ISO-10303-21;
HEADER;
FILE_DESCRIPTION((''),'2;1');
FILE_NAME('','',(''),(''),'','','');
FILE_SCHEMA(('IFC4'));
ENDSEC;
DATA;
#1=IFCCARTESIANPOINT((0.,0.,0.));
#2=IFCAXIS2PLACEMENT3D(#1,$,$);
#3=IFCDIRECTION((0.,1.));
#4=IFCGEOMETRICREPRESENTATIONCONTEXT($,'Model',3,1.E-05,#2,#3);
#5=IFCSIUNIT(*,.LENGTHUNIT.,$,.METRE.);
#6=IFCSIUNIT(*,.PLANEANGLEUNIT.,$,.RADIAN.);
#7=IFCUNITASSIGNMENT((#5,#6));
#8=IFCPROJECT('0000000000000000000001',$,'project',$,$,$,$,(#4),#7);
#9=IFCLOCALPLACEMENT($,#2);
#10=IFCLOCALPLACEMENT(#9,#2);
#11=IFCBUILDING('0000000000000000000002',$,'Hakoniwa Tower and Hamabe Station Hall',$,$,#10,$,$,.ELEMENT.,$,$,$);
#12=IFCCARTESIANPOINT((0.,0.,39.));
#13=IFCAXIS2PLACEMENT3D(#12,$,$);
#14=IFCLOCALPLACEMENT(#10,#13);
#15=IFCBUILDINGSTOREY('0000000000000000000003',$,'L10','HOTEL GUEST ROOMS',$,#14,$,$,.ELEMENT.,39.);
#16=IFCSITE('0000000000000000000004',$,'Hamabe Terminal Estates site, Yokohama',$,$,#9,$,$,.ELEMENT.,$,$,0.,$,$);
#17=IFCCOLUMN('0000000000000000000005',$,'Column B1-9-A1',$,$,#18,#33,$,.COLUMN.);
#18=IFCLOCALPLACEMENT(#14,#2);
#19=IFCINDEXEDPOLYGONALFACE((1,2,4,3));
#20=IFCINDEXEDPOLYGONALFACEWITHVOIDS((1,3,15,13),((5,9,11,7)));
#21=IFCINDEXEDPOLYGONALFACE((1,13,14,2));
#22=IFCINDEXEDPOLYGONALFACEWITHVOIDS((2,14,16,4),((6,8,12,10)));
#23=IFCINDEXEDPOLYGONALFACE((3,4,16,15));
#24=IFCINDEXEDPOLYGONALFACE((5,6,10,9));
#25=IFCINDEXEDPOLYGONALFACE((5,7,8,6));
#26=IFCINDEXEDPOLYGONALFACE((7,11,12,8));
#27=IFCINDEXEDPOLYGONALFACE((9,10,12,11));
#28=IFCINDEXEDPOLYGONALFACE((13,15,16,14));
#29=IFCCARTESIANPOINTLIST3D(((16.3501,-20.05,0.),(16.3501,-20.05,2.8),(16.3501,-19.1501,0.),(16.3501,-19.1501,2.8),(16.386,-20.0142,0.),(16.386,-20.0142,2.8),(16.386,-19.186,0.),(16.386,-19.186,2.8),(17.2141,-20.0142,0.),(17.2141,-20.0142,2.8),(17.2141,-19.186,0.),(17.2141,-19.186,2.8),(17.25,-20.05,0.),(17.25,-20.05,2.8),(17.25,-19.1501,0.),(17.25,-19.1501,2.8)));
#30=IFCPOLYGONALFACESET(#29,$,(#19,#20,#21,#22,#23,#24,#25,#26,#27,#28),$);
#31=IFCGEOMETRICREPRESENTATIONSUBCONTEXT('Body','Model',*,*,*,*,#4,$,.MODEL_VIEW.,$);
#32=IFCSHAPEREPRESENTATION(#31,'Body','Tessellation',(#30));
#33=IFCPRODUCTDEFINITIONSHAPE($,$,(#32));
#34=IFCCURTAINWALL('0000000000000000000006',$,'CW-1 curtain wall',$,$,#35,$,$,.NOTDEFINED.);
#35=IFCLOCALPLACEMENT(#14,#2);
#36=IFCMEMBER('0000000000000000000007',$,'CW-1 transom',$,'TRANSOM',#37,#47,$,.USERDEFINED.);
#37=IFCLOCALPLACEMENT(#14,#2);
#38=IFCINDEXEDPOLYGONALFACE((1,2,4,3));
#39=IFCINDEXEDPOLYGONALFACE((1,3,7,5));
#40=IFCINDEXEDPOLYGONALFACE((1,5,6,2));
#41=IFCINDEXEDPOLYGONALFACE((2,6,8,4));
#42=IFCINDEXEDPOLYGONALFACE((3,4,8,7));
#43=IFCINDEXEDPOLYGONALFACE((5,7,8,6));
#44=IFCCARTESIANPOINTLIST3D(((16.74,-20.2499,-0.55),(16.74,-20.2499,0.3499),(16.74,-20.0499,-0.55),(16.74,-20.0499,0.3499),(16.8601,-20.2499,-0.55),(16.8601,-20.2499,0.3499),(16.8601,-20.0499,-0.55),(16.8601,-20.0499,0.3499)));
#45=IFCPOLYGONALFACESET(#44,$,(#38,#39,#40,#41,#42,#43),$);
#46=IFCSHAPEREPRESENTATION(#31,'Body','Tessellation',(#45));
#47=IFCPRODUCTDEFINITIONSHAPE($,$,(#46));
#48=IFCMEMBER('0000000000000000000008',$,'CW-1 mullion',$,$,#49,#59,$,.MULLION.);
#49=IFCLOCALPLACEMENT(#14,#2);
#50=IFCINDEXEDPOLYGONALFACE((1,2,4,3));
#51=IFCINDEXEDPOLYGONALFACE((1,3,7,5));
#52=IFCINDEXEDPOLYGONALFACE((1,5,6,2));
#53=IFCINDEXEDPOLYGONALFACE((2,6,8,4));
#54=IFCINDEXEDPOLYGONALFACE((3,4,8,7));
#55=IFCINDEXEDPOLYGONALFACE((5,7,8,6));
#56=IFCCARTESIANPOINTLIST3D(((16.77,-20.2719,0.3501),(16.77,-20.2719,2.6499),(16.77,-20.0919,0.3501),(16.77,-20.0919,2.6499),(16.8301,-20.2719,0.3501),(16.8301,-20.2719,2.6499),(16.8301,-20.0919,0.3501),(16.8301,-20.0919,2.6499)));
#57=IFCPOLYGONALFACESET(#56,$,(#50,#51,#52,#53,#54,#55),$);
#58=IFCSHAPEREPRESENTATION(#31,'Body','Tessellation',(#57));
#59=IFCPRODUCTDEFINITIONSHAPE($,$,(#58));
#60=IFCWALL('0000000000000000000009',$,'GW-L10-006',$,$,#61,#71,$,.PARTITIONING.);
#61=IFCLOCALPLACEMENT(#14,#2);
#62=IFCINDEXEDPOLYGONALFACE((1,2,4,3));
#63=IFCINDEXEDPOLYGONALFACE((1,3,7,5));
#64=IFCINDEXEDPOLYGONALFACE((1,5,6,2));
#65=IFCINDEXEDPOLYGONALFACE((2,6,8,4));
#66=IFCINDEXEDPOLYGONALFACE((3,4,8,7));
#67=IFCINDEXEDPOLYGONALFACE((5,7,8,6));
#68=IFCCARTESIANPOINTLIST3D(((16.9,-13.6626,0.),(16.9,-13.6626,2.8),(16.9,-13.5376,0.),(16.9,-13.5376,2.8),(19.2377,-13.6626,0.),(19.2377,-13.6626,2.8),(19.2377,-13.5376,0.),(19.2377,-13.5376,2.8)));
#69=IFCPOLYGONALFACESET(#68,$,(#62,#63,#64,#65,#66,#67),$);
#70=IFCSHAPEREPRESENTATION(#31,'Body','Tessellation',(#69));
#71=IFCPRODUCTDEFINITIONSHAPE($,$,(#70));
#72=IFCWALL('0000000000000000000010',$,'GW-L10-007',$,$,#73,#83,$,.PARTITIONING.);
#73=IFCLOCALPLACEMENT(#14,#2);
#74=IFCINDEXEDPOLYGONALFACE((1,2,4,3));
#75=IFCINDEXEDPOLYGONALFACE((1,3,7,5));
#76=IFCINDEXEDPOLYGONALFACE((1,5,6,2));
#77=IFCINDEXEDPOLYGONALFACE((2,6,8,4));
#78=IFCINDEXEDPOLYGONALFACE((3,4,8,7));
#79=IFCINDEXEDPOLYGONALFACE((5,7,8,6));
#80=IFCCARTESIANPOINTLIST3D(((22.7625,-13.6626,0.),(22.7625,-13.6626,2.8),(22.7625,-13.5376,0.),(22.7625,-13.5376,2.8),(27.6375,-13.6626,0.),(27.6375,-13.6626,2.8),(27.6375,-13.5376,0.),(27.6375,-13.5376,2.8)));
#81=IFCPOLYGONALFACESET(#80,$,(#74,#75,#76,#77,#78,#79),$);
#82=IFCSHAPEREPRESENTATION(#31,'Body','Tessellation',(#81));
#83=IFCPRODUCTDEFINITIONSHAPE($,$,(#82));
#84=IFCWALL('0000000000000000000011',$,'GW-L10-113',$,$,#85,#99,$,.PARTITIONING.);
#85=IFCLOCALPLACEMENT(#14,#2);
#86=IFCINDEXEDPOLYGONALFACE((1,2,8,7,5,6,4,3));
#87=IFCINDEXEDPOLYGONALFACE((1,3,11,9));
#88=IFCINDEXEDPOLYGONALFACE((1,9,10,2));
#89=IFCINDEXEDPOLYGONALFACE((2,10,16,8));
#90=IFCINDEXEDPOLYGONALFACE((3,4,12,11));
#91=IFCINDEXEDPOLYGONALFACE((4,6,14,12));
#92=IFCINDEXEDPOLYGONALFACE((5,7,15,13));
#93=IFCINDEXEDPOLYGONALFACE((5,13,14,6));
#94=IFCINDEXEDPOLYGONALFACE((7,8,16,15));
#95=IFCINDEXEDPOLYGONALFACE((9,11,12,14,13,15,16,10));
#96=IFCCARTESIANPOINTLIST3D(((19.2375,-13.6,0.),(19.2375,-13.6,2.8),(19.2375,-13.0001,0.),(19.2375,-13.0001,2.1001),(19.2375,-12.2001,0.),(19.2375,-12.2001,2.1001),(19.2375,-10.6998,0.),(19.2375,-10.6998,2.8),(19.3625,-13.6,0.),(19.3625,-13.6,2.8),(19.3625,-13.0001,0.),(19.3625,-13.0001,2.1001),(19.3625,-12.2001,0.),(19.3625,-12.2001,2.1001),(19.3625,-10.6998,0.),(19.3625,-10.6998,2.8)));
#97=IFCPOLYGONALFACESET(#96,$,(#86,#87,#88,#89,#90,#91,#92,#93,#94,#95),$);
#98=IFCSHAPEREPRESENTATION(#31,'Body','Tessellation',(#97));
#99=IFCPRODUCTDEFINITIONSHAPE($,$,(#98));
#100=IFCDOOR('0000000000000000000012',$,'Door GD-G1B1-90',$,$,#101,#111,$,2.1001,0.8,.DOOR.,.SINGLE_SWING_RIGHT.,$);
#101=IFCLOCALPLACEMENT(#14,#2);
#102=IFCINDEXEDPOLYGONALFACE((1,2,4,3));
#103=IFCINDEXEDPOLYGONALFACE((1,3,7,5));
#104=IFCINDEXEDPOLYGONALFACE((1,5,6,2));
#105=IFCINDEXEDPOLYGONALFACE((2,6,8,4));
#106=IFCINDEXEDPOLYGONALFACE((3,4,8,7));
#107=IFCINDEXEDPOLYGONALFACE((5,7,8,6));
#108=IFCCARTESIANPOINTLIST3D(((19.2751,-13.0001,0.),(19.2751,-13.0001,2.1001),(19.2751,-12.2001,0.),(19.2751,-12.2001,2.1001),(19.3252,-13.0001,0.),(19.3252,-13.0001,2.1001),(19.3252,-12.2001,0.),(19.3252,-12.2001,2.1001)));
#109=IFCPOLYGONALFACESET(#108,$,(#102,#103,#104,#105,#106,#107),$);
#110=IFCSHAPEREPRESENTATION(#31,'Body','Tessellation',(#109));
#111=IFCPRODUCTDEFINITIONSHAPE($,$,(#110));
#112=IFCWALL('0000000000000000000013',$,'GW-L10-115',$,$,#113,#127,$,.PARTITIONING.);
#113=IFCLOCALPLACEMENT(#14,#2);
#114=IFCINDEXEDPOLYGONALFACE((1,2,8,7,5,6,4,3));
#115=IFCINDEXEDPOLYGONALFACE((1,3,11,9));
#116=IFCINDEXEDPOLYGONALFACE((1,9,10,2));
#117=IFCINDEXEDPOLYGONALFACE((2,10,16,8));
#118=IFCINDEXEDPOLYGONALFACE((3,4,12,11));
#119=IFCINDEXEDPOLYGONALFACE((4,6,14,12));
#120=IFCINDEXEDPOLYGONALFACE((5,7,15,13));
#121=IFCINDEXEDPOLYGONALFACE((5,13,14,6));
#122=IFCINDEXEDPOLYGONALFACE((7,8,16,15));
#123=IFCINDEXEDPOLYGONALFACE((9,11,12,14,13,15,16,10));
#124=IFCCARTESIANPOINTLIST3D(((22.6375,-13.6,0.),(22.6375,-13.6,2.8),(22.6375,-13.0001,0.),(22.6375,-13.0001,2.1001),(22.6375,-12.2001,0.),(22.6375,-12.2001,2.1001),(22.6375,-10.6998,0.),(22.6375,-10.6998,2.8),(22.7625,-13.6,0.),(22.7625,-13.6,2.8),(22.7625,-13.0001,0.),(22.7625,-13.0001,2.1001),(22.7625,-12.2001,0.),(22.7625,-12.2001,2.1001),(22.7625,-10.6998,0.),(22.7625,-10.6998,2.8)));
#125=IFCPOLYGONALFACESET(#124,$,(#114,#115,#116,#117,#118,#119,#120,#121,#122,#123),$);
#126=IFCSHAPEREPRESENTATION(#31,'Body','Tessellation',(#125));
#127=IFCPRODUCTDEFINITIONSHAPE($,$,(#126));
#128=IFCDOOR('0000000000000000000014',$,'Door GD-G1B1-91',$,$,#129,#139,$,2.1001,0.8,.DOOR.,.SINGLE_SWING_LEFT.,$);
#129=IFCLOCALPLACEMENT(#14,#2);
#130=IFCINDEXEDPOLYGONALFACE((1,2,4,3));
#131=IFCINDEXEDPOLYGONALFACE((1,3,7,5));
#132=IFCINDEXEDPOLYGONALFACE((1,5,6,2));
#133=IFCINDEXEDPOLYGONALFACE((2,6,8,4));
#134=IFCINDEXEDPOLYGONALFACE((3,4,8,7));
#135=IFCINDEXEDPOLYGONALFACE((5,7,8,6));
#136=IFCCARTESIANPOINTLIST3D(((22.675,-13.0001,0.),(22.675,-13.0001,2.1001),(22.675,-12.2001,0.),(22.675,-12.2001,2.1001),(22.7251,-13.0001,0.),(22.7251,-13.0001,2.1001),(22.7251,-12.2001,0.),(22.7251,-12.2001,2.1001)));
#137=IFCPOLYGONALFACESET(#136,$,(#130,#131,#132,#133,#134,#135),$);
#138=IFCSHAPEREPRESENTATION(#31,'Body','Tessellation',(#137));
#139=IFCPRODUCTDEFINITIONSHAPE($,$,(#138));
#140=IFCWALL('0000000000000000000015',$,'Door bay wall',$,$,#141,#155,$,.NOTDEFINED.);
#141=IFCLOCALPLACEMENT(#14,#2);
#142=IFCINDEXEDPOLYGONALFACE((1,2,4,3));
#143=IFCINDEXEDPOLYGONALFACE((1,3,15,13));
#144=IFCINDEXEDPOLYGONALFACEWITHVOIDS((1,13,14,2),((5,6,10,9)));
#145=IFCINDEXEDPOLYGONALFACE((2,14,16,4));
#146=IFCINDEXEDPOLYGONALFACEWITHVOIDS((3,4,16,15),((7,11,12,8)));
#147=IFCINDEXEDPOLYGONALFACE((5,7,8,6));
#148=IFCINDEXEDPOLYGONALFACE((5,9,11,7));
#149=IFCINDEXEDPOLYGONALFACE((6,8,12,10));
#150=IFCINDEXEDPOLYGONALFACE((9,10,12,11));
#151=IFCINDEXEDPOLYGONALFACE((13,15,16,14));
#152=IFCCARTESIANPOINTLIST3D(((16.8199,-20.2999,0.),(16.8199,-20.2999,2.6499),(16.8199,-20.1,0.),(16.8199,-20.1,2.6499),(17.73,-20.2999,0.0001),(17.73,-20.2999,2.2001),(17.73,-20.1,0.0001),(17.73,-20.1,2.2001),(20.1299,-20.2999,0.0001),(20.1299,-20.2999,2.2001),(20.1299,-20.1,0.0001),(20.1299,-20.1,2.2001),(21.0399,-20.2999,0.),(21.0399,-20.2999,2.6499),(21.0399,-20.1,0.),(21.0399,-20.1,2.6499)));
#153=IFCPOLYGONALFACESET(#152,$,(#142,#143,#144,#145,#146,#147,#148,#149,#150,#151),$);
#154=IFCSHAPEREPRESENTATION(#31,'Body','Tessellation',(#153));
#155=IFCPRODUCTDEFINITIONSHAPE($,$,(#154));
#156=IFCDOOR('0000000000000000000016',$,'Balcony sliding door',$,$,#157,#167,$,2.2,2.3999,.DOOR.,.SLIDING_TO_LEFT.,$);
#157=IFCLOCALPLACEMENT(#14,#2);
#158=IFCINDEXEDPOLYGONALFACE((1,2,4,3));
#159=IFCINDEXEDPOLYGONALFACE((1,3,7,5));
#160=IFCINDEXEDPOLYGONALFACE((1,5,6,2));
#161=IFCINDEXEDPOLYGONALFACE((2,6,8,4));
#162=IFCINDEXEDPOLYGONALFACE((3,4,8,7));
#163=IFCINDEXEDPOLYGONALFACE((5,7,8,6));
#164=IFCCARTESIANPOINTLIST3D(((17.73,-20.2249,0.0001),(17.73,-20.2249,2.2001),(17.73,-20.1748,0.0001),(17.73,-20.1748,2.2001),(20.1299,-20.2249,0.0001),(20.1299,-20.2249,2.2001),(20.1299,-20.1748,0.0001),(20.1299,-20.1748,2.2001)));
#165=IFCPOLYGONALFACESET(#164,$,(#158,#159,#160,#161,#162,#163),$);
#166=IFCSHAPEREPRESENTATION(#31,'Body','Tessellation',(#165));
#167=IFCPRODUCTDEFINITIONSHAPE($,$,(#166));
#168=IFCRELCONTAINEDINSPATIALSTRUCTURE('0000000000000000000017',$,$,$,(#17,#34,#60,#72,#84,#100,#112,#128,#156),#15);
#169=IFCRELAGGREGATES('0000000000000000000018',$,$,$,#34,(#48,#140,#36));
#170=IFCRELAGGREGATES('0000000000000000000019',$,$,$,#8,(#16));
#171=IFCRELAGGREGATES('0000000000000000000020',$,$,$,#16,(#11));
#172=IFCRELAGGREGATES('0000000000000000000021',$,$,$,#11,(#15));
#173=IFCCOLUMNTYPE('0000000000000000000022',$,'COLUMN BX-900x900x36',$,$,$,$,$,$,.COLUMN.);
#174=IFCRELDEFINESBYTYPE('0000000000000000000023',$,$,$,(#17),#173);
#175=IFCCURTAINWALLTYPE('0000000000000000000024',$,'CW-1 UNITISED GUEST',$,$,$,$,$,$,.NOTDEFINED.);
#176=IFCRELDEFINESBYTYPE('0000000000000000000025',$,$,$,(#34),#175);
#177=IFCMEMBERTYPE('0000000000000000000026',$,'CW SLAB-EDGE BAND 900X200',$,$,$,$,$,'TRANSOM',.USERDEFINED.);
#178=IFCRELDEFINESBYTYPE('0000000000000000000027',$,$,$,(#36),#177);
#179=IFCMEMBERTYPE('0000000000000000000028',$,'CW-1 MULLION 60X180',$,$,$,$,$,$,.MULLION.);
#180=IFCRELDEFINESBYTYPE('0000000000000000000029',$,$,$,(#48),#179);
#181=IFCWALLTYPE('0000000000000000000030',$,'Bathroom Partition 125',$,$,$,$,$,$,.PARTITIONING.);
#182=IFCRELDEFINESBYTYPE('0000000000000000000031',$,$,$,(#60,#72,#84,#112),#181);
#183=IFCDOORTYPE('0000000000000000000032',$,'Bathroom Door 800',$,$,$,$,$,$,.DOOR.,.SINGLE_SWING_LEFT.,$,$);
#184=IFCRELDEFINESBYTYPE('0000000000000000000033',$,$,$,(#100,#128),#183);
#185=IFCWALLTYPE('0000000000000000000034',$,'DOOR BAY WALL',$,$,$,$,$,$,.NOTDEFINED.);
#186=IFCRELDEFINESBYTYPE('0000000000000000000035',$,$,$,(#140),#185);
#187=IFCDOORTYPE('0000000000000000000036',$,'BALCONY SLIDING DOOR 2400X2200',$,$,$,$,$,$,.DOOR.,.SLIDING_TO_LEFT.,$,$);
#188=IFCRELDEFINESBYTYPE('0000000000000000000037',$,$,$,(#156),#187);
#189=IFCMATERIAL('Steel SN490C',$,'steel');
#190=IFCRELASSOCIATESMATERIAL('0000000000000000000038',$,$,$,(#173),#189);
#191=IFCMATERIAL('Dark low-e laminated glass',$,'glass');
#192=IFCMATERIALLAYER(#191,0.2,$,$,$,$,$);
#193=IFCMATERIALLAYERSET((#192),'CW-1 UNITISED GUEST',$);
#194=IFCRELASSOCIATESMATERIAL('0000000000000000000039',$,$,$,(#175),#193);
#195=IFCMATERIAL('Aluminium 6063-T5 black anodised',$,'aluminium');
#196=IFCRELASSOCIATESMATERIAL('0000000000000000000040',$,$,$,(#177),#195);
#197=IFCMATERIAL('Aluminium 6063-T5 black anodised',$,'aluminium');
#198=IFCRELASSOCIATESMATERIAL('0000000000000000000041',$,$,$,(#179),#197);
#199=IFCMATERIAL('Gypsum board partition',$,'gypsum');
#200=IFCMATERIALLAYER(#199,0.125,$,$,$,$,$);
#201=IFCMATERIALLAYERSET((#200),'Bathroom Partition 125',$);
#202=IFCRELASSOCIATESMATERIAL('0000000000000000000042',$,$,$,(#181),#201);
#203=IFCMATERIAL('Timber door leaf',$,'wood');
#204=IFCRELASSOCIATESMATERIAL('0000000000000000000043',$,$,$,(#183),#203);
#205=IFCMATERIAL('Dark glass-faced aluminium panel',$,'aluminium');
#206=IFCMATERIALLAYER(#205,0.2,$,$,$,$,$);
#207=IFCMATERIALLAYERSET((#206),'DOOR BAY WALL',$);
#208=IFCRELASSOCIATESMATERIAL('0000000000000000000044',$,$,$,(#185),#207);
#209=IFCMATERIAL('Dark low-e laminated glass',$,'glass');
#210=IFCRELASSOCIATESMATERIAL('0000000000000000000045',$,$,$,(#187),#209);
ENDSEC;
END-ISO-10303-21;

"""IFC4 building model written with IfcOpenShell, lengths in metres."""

from ifc_helpers import new_model, si_unit, direction, frame, frame_2d, origin, origin_2d, place, context, subcontext, project, spatial, rectangle, hollow_rectangle, extrude, material, layer, layer_set, material_profile, profile_set, type_object, element, fill, aggregate, save


model = new_model("IFC4")

# Units and contexts
model_context = context("Model", 3, precision=1e-05, world=origin(), true_north=direction((0.0, 1.0)))
body_context = subcontext(model_context, "Body", "Model", "MODEL_VIEW")
ifc_project = project(units=[si_unit("LENGTHUNIT", "METRE"), si_unit("PLANEANGLEUNIT", "RADIAN")], contexts=[model_context])

# Site, building, storey
site_placement = place(None, origin())
site = spatial("IfcSite", under=ifc_project, at=site_placement, Name="Hamabe Terminal Estates site, Yokohama", CompositionType="ELEMENT", RefElevation=0.0)
building_placement = place(site_placement, origin())
building = spatial("IfcBuilding", under=site, at=building_placement, Name="Hakoniwa Tower and Hamabe Station Hall", CompositionType="ELEMENT")
storey_placement = place(building_placement, frame((0.0, 0.0, 39.0)))
storey = spatial("IfcBuildingStorey", under=building, at=storey_placement, Name="L10", Description="HOTEL GUEST ROOMS", CompositionType="ELEMENT", Elevation=39.0)

# Column
ifc_material_1 = material(Name="Steel SN490C", Category="steel")
ifc_material_profile_1 = material_profile(ifc_material_1, hollow_rectangle(XDim=0.8999, YDim=0.8999, WallThickness=0.0359, at=origin_2d()), Name="BX-900x900x36")
ifc_profile_set_1 = profile_set([ifc_material_profile_1], Name="Steel SN490C")
column_type = type_object("IfcColumnType", Name="COLUMN BX-900x900x36", PredefinedType="COLUMN", material=ifc_profile_set_1)
column_placement = place(storey_placement, frame((16.8, -19.6001, 0.0), z_axis=(0.0, 0.0, 1.0), x_axis=(1.0, 0.0, 0.0)))
element("IfcColumn", 1, at=column_placement, inside=storey, type_object=column_type, Name="Column B1-9-A1", PredefinedType="COLUMN", context=body_context, shape_type="SweptSolid", body=[
    extrude(hollow_rectangle(XDim=0.8999, YDim=0.8999, WallThickness=0.0359, at=origin_2d()), origin(), (0.0, 0.0, 1.0), 2.8),
])

# Curtain wall, members
ifc_material_2 = material(Name="Dark low-e laminated glass", Category="glass")
ifc_layer_1 = layer(ifc_material_2, 0.2)
ifc_layer_set_1 = layer_set([ifc_layer_1], Name="CW-1 UNITISED GUEST")
curtain_wall_type = type_object("IfcCurtainWallType", Name="CW-1 UNITISED GUEST", PredefinedType="NOTDEFINED", material=ifc_layer_set_1)
curtain_wall_placement = place(storey_placement, origin())
curtain_wall = element("IfcCurtainWall", 2, at=curtain_wall_placement, inside=storey, type_object=curtain_wall_type, Name="CW-1 curtain wall", PredefinedType="NOTDEFINED")
ifc_material_3 = material(Name="Aluminium 6063-T5 black anodised", Category="aluminium")
ifc_material_profile_2 = material_profile(ifc_material_3, rectangle(XDim=0.2, YDim=0.8999, at=origin_2d()), Name="CW SLAB-EDGE BAND 900X200")
ifc_profile_set_2 = profile_set([ifc_material_profile_2], Name="Aluminium 6063-T5 black anodised")
member_type_1 = type_object("IfcMemberType", Name="CW SLAB-EDGE BAND 900X200", ElementType="TRANSOM", PredefinedType="USERDEFINED", material=ifc_profile_set_2)
member_1_placement = place(storey_placement, frame((16.74, -20.1499, -0.1001), z_axis=(1.0, 0.0, 0.0), x_axis=(0.0, 1.0, 0.0)))
member_1 = element("IfcMember", 3, at=member_1_placement, type_object=member_type_1, Name="CW-1 transom", ObjectType="TRANSOM", PredefinedType="USERDEFINED", context=body_context, shape_type="SweptSolid", body=[
    extrude(rectangle(XDim=0.2, YDim=0.8999, at=origin_2d()), origin(), (0.0, 0.0, 1.0), 0.1201),
])
ifc_material_4 = material(Name="Aluminium 6063-T5 black anodised", Category="aluminium")
ifc_material_profile_3 = material_profile(ifc_material_4, rectangle(XDim=0.0601, YDim=0.1799, at=origin_2d()), Name="CW-1 MULLION 60X180")
ifc_profile_set_3 = profile_set([ifc_material_profile_3], Name="Aluminium 6063-T5 black anodised")
member_type_2 = type_object("IfcMemberType", Name="CW-1 MULLION 60X180", PredefinedType="MULLION", material=ifc_profile_set_3)
member_2_placement = place(storey_placement, frame((16.8, -20.1819, 0.3501), z_axis=(0.0, 0.0, 1.0), x_axis=(1.0, 0.0, 0.0)))
member_2 = element("IfcMember", 4, at=member_2_placement, type_object=member_type_2, Name="CW-1 mullion", PredefinedType="MULLION", context=body_context, shape_type="SweptSolid", body=[
    extrude(rectangle(XDim=0.0601, YDim=0.1799, at=origin_2d()), origin(), (0.0, 0.0, 1.0), 2.2998),
])

# Walls
ifc_material_5 = material(Name="Gypsum board partition", Category="gypsum")
ifc_layer_2 = layer(ifc_material_5, 0.125)
ifc_layer_set_2 = layer_set([ifc_layer_2], Name="Bathroom Partition 125")
wall_type_1 = type_object("IfcWallType", Name="Bathroom Partition 125", PredefinedType="PARTITIONING", material=ifc_layer_set_2)
wall_1_placement = place(storey_placement, frame((16.8999, -13.6001, 0.0), z_axis=(0.0, 0.0, 1.0), x_axis=(1.0, 0.0, 0.0)))
element("IfcWall", 5, at=wall_1_placement, inside=storey, type_object=wall_type_1, Name="GW-L10-006", PredefinedType="PARTITIONING", context=body_context, shape_type="SweptSolid", body=[
    extrude(rectangle(XDim=2.3376, YDim=0.125, at=frame_2d((1.1689, 0.0))), origin(), (0.0, 0.0, 1.0), 2.8),
])
wall_2_placement = place(storey_placement, frame((22.7625, -13.6001, 0.0), z_axis=(0.0, 0.0, 1.0), x_axis=(1.0, 0.0, 0.0)))
element("IfcWall", 6, at=wall_2_placement, inside=storey, type_object=wall_type_1, Name="GW-L10-007", PredefinedType="PARTITIONING", context=body_context, shape_type="SweptSolid", body=[
    extrude(rectangle(XDim=4.875, YDim=0.125, at=frame_2d((2.4375, 0.0))), origin(), (0.0, 0.0, 1.0), 2.8),
])

# Walls, openings, doors
wall_3_placement = place(storey_placement, frame((19.3, -13.6001, 0.0), z_axis=(0.0, 0.0, 1.0), x_axis=(0.0, 1.0, 0.0)))
wall_3 = element("IfcWall", 7, at=wall_3_placement, inside=storey, type_object=wall_type_1, Name="GW-L10-113", PredefinedType="PARTITIONING", context=body_context, shape_type="SweptSolid", body=[
    extrude(rectangle(XDim=2.9001, YDim=0.125, at=frame_2d((1.4502, 0.0))), origin(), (0.0, 0.0, 1.0), 2.8),
])
opening_1_placement = place(wall_3_placement, frame((0.6001, 0.0, 0.0)))
opening_1 = element("IfcOpeningElement", 8, at=opening_1_placement, cuts=wall_3, PredefinedType="OPENING", context=body_context, shape_type="SweptSolid", body=[
    extrude(rectangle(XDim=0.8, YDim=2.1001, at=frame_2d((0.3999, 1.05))), frame((0.0, 0.0725, 0.0), z_axis=(0.0, -1.0, 0.0), x_axis=(1.0, 0.0, 0.0)), (0.0, 0.0, 1.0), 0.145),
])
ifc_material_6 = material(Name="Timber door leaf", Category="wood")
door_type_1 = type_object("IfcDoorType", Name="Bathroom Door 800", OperationType="SINGLE_SWING_LEFT", PredefinedType="DOOR", material=ifc_material_6)
door_1_placement = place(opening_1_placement, origin())
door_1 = element("IfcDoor", 9, at=door_1_placement, inside=storey, type_object=door_type_1, Name="Door GD-G1B1-90", OperationType="SINGLE_SWING_RIGHT", OverallHeight=2.1001, OverallWidth=0.8, PredefinedType="DOOR", context=body_context, shape_type="SweptSolid", body=[
    extrude(rectangle(XDim=0.8, YDim=2.1001, at=frame_2d((0.3999, 1.05))), frame((0.0, 0.0249, 0.0), z_axis=(0.0, -1.0, 0.0), x_axis=(1.0, 0.0, 0.0)), (0.0, 0.0, 1.0), 0.05),
])
fill(opening_1, door_1)
wall_4_placement = place(storey_placement, frame((22.7, -13.6001, 0.0), z_axis=(0.0, 0.0, 1.0), x_axis=(0.0, 1.0, 0.0)))
wall_4 = element("IfcWall", 10, at=wall_4_placement, inside=storey, type_object=wall_type_1, Name="GW-L10-115", PredefinedType="PARTITIONING", context=body_context, shape_type="SweptSolid", body=[
    extrude(rectangle(XDim=2.9001, YDim=0.125, at=frame_2d((1.4502, 0.0))), origin(), (0.0, 0.0, 1.0), 2.8),
])
opening_2_placement = place(wall_4_placement, frame((0.6001, 0.0, 0.0)))
opening_2 = element("IfcOpeningElement", 11, at=opening_2_placement, cuts=wall_4, PredefinedType="OPENING", context=body_context, shape_type="SweptSolid", body=[
    extrude(rectangle(XDim=0.8, YDim=2.1001, at=frame_2d((0.3999, 1.05))), frame((0.0, 0.0725, 0.0), z_axis=(0.0, -1.0, 0.0), x_axis=(1.0, 0.0, 0.0)), (0.0, 0.0, 1.0), 0.145),
])
door_2_placement = place(opening_2_placement, origin())
door_2 = element("IfcDoor", 12, at=door_2_placement, inside=storey, type_object=door_type_1, Name="Door GD-G1B1-91", OperationType="SINGLE_SWING_LEFT", OverallHeight=2.1001, OverallWidth=0.8, PredefinedType="DOOR", context=body_context, shape_type="SweptSolid", body=[
    extrude(rectangle(XDim=0.8, YDim=2.1001, at=frame_2d((0.3999, 1.05))), frame((0.0, 0.0249, 0.0), z_axis=(0.0, -1.0, 0.0), x_axis=(1.0, 0.0, 0.0)), (0.0, 0.0, 1.0), 0.05),
])
fill(opening_2, door_2)
ifc_material_7 = material(Name="Dark glass-faced aluminium panel", Category="aluminium")
ifc_layer_3 = layer(ifc_material_7, 0.2)
ifc_layer_set_3 = layer_set([ifc_layer_3], Name="DOOR BAY WALL")
wall_type_2 = type_object("IfcWallType", Name="DOOR BAY WALL", PredefinedType="NOTDEFINED", material=ifc_layer_set_3)
wall_5_placement = place(storey_placement, frame((16.8201, -20.2, 0.0), z_axis=(0.0, 0.0, 1.0), x_axis=(1.0, 0.0, 0.0)))
wall_5 = element("IfcWall", 13, at=wall_5_placement, type_object=wall_type_2, Name="Door bay wall", PredefinedType="NOTDEFINED", context=body_context, shape_type="SweptSolid", body=[
    extrude(rectangle(XDim=4.22, YDim=0.2, at=frame_2d((2.1099, 0.0))), origin(), (0.0, 0.0, 1.0), 2.6499),
])
opening_3_placement = place(wall_5_placement, frame((0.9099, 0.0, 0.0)))
opening_3 = element("IfcOpeningElement", 14, at=opening_3_placement, cuts=wall_5, PredefinedType="OPENING", context=body_context, shape_type="SweptSolid", body=[
    extrude(rectangle(XDim=2.3999, YDim=2.2, at=frame_2d((1.2, 1.1001))), frame((0.0, 0.1099, 0.0), z_axis=(0.0, -1.0, 0.0), x_axis=(1.0, 0.0, 0.0)), (0.0, 0.0, 1.0), 0.22),
])
ifc_material_8 = material(Name="Dark low-e laminated glass", Category="glass")
door_type_2 = type_object("IfcDoorType", Name="BALCONY SLIDING DOOR 2400X2200", OperationType="SLIDING_TO_LEFT", PredefinedType="DOOR", material=ifc_material_8)
door_3_placement = place(opening_3_placement, frame((2.3999, 0.0, 0.0), z_axis=(0.0, 0.0, 1.0), x_axis=(-1.0, 0.0, 0.0)))
door_3 = element("IfcDoor", 15, at=door_3_placement, inside=storey, type_object=door_type_2, Name="Balcony sliding door", OperationType="SLIDING_TO_LEFT", OverallHeight=2.2, OverallWidth=2.3999, PredefinedType="DOOR", context=body_context, shape_type="SweptSolid", body=[
    extrude(rectangle(XDim=2.3999, YDim=2.2, at=frame_2d((1.2, 1.1001))), frame((0.0, 0.0249, 0.0), z_axis=(0.0, -1.0, 0.0), x_axis=(1.0, 0.0, 0.0)), (0.0, 0.0, 1.0), 0.05),
])
fill(opening_3, door_3)
aggregate(curtain_wall, [member_2, wall_5, member_1])

save(model, "model.ifc")
